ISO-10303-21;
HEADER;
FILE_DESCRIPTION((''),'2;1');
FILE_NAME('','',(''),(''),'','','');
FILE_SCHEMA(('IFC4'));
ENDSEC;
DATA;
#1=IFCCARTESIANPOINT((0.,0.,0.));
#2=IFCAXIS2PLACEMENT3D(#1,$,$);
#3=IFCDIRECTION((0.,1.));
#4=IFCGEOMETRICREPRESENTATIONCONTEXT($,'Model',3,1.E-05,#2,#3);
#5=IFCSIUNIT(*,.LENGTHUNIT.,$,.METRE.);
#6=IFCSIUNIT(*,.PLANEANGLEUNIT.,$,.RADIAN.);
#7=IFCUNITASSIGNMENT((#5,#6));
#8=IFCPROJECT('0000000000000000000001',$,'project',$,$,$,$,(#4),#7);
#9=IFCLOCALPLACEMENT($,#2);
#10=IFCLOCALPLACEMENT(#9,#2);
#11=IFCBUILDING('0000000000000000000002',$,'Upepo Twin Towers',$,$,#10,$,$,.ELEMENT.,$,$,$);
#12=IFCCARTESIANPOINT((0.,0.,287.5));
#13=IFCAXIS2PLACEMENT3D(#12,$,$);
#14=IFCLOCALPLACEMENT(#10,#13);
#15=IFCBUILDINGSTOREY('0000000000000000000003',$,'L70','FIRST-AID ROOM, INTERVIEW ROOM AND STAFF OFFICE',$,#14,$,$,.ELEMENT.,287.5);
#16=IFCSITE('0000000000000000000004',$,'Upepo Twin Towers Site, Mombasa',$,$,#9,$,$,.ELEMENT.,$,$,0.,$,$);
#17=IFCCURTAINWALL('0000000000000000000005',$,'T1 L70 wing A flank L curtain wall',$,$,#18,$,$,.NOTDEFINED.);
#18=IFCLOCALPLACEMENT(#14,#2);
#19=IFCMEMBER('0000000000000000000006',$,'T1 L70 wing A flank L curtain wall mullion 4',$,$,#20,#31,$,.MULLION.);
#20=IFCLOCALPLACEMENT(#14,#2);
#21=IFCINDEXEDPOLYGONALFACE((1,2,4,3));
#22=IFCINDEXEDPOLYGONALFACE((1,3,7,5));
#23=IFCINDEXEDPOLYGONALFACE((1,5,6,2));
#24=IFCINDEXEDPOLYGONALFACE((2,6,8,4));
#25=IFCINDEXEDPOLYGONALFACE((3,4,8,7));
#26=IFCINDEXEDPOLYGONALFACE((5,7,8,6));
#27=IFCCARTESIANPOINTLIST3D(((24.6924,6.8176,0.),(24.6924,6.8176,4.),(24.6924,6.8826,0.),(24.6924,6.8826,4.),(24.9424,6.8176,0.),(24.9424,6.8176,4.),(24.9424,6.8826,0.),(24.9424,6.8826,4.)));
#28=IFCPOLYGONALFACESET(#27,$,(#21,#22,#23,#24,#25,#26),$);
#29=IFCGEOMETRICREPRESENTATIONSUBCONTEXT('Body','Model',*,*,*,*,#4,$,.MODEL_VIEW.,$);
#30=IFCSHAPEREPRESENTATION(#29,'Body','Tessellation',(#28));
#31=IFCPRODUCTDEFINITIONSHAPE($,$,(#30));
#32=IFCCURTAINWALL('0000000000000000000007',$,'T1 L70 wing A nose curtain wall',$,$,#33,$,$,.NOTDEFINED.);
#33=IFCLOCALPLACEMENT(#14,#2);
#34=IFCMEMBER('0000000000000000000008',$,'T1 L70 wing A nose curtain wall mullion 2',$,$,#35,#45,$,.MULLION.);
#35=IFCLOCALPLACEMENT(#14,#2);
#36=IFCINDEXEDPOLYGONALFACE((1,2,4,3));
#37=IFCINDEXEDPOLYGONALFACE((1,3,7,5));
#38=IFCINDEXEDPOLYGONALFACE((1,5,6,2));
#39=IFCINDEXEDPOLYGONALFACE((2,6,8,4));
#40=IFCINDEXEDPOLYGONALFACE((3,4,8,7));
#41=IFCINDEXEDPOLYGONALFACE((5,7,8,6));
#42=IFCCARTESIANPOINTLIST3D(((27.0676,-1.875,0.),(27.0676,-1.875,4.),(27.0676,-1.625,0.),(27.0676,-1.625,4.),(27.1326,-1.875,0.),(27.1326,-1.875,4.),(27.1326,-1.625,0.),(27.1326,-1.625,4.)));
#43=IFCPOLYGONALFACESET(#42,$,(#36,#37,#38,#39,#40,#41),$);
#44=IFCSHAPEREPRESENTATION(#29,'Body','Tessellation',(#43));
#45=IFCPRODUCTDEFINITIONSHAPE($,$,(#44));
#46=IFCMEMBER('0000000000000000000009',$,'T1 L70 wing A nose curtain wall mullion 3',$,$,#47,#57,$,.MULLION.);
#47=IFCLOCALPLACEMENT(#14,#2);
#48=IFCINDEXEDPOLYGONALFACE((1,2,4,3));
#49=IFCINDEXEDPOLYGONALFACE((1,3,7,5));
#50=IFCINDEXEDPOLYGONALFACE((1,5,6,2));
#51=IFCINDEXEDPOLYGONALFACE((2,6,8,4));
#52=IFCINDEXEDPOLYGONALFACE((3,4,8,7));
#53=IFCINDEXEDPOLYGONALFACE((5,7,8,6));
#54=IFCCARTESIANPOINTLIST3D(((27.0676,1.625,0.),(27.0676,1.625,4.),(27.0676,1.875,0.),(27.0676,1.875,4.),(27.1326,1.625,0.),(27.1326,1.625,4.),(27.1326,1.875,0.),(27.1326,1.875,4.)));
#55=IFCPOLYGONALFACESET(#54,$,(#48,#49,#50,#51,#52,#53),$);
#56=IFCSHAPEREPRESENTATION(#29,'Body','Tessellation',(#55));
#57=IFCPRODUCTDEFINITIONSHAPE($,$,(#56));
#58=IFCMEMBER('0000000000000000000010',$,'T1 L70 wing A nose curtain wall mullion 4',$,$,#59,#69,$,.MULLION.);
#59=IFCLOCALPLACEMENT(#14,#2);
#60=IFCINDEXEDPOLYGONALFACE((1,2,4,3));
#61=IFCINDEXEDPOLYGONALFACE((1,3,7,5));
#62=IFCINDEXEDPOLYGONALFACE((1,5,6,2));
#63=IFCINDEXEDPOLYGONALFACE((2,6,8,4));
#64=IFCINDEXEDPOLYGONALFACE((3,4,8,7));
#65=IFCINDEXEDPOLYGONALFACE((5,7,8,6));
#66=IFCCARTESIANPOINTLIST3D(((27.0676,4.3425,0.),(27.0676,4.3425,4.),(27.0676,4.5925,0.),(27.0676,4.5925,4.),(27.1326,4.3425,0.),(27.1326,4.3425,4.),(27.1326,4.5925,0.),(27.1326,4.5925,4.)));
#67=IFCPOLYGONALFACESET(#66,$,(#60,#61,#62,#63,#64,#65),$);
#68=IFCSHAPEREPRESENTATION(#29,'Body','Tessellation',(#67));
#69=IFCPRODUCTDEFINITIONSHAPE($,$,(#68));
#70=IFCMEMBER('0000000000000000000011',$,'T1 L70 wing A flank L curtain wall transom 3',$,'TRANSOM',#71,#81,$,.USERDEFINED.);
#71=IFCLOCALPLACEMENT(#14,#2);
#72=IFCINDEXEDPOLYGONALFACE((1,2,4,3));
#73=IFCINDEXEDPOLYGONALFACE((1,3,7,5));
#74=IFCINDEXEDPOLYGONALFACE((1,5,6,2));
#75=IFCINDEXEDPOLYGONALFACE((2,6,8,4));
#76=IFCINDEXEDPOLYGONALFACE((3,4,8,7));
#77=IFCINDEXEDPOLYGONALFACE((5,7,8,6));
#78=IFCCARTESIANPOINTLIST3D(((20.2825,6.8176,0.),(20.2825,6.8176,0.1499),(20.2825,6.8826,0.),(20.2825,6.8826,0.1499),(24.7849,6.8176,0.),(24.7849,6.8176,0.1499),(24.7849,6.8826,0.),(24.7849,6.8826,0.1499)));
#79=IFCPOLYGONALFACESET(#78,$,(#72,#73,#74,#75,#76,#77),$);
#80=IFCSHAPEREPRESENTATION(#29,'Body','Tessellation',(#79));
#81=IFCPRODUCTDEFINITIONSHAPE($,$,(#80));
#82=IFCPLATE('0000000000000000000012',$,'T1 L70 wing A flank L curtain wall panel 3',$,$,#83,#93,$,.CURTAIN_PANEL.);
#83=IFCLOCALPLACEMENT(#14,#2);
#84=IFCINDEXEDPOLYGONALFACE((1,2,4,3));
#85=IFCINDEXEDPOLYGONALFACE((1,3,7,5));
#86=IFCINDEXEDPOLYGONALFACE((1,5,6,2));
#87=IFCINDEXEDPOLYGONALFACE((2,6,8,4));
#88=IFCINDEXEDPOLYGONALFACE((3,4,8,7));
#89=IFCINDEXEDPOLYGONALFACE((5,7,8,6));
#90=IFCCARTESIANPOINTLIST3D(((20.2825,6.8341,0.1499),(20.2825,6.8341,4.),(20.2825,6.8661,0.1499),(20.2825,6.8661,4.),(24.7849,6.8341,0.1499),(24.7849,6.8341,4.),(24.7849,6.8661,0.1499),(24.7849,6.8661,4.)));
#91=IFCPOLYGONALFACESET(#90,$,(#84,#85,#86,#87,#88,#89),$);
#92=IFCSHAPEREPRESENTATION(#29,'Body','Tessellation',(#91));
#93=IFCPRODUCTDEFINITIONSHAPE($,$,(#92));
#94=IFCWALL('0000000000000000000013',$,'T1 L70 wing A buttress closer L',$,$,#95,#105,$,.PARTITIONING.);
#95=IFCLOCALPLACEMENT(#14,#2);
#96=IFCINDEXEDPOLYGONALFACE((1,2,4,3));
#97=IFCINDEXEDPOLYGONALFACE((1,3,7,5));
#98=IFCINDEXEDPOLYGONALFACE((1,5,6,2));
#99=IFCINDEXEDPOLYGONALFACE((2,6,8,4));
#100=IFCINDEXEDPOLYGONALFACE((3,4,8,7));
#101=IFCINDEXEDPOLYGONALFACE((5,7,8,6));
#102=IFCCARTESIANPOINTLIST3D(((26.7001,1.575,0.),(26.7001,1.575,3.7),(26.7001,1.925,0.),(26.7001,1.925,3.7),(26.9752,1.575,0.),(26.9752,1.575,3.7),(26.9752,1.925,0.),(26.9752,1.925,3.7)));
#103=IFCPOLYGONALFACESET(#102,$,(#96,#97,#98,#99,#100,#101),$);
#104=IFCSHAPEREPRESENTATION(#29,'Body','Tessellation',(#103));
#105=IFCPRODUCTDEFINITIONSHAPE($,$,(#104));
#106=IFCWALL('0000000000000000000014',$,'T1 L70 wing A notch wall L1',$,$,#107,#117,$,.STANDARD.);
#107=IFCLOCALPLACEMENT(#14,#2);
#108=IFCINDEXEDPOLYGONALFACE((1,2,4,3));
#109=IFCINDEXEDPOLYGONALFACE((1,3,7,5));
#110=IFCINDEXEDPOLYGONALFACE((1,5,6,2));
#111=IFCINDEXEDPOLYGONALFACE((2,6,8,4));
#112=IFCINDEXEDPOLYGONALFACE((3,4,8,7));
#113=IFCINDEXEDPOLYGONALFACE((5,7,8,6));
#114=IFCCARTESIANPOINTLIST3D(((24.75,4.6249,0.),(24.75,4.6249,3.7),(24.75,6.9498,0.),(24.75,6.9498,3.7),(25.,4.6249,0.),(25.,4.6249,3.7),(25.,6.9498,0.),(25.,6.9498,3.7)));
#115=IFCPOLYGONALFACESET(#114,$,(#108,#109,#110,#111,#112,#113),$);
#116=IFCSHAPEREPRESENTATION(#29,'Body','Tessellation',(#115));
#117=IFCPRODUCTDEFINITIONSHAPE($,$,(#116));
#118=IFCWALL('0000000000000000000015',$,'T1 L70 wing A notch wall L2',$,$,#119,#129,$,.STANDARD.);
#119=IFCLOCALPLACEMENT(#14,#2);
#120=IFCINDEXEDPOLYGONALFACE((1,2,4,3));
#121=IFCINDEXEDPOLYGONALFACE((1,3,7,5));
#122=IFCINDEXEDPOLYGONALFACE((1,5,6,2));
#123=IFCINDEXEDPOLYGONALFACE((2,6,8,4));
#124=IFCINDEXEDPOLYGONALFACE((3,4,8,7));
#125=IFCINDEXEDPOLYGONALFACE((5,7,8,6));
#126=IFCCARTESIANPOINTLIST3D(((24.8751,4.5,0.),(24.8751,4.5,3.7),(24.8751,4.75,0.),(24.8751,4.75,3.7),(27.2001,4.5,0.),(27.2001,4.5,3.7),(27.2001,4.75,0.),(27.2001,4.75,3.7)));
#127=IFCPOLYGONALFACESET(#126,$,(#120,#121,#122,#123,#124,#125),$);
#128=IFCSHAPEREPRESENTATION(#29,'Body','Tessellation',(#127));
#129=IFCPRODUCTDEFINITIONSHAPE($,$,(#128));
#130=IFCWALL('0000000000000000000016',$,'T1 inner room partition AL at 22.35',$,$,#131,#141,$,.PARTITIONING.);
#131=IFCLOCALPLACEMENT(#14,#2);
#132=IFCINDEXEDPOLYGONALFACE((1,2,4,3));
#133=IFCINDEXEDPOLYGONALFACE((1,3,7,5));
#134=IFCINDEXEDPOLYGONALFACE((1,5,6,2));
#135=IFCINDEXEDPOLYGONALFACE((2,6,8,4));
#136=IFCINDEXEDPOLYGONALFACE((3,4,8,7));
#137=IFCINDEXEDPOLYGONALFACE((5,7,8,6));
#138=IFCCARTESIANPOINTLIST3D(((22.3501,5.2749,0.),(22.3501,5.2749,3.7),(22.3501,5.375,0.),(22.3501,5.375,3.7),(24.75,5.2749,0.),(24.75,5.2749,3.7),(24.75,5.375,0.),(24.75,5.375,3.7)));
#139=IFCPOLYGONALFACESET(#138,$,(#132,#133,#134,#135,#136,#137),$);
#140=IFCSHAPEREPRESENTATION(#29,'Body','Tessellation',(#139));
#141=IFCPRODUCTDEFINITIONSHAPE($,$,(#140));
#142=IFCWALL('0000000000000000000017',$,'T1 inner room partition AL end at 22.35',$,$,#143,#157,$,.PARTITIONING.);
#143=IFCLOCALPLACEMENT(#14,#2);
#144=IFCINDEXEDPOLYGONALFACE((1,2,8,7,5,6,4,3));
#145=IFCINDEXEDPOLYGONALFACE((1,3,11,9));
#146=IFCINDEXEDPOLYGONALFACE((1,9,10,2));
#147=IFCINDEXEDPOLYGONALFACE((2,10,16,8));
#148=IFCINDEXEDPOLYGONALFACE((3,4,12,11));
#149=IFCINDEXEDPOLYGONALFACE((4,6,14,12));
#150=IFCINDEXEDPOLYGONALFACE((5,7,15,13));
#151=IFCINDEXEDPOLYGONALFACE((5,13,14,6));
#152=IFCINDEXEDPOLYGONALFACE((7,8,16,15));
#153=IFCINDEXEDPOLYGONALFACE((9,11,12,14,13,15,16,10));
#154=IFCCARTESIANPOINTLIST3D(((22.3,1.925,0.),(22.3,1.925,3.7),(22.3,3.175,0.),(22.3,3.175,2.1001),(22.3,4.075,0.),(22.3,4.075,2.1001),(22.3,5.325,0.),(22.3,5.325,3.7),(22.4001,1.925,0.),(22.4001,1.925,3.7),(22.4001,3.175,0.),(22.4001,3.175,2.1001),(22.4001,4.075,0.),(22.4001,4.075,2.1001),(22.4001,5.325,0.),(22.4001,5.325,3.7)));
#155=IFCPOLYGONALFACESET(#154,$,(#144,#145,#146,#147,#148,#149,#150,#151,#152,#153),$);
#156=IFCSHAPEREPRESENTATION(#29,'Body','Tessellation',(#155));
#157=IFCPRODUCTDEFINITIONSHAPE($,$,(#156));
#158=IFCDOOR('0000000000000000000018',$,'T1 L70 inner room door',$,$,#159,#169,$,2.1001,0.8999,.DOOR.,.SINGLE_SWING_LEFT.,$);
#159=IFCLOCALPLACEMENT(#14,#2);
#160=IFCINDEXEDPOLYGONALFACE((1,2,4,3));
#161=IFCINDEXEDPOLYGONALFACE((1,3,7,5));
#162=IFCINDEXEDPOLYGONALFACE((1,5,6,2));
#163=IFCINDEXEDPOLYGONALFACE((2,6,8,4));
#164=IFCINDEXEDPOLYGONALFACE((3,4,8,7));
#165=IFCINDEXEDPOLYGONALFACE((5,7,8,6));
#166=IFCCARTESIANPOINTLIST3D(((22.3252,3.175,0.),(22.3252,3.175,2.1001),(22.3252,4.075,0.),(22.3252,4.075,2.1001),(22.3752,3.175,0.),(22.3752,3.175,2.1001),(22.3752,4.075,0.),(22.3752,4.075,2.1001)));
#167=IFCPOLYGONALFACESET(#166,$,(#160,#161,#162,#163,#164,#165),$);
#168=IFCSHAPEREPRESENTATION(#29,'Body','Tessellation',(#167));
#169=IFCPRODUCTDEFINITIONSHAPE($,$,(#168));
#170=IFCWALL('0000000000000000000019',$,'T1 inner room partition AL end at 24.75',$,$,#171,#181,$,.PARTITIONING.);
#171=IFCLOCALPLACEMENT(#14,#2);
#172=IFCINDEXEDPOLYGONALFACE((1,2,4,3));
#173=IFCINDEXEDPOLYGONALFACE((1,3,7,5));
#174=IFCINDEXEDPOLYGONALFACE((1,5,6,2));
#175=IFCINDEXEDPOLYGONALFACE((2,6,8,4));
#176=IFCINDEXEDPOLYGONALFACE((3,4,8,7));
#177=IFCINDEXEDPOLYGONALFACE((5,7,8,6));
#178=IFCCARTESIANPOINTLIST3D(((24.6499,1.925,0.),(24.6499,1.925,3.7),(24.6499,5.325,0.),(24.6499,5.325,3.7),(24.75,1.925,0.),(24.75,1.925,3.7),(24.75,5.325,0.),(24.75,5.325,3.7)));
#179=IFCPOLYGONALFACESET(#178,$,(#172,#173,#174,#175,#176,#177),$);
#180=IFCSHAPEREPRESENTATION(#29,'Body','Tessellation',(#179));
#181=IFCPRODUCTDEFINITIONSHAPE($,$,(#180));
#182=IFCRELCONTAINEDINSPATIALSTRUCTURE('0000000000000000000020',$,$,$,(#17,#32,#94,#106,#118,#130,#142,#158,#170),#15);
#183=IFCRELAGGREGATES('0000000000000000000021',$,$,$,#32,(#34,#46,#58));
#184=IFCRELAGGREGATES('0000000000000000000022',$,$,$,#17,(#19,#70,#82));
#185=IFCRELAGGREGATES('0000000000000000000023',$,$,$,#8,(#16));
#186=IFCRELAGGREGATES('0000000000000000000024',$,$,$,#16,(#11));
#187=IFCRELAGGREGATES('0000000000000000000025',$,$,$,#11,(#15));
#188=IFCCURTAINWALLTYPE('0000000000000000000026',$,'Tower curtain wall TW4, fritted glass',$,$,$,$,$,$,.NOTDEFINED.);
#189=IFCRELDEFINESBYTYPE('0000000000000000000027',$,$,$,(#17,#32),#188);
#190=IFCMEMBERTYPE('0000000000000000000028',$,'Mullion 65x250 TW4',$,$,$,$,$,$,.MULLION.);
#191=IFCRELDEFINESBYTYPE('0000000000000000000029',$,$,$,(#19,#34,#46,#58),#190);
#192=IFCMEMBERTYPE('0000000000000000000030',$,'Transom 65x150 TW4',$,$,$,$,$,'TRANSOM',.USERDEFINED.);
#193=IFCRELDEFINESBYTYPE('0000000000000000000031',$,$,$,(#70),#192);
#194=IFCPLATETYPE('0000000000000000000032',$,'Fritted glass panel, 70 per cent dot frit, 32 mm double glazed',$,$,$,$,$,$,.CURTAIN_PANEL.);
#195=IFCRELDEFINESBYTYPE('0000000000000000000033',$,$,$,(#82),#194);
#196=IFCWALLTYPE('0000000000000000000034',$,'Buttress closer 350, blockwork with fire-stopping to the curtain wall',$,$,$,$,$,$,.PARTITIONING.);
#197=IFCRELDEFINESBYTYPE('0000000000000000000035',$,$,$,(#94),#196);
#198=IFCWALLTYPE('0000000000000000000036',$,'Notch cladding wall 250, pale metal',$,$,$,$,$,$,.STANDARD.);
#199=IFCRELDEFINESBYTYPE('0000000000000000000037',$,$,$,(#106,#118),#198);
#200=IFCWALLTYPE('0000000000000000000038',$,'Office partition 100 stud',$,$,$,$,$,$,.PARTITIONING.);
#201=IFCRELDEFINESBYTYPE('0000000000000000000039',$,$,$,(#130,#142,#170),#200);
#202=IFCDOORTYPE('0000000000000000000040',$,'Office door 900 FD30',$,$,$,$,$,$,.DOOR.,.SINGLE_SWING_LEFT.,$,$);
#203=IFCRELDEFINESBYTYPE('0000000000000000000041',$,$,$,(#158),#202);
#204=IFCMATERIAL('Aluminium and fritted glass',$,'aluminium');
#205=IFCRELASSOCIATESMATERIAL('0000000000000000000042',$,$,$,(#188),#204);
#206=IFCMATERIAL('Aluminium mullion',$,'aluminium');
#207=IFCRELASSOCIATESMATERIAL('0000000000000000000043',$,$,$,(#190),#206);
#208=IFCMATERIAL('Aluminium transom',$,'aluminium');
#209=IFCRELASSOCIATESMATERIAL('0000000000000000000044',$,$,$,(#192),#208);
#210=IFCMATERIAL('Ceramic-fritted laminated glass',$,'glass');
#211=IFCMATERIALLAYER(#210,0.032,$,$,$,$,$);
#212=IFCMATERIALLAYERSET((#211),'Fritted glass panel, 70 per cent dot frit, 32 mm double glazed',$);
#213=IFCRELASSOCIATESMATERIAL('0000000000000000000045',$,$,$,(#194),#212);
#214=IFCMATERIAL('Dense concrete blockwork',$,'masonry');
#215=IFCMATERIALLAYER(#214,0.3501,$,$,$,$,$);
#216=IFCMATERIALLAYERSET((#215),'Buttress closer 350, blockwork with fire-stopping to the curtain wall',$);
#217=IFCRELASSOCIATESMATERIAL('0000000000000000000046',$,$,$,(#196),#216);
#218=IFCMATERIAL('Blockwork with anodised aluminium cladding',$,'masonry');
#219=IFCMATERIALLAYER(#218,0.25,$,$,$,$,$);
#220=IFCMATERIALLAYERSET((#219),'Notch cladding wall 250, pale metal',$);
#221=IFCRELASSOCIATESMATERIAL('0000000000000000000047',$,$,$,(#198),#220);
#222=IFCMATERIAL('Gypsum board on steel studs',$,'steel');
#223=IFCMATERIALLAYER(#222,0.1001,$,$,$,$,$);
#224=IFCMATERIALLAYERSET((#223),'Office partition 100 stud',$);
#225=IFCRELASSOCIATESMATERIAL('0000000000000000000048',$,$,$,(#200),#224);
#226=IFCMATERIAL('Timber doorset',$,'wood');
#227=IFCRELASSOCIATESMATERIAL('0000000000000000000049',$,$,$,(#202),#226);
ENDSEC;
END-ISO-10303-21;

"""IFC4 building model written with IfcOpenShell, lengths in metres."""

from ifc_helpers import new_model, si_unit, direction, frame, frame_2d, origin, origin_2d, place, context, subcontext, project, spatial, rectangle, extrude, material, layer, layer_set, material_profile, profile_set, type_object, element, fill, aggregate, save


model = new_model("IFC4")

# Units and contexts
model_context = context("Model", 3, precision=1e-05, world=origin(), true_north=direction((0.0, 1.0)))
body_context = subcontext(model_context, "Body", "Model", "MODEL_VIEW")
ifc_project = project(units=[si_unit("LENGTHUNIT", "METRE"), si_unit("PLANEANGLEUNIT", "RADIAN")], contexts=[model_context])

# Site, building, storey
site_placement = place(None, origin())
site = spatial("IfcSite", under=ifc_project, at=site_placement, Name="Upepo Twin Towers Site, Mombasa", CompositionType="ELEMENT", RefElevation=0.0)
building_placement = place(site_placement, origin())
building = spatial("IfcBuilding", under=site, at=building_placement, Name="Upepo Twin Towers", CompositionType="ELEMENT")
storey_placement = place(building_placement, frame((0.0, 0.0, 287.5)))
storey = spatial("IfcBuildingStorey", under=building, at=storey_placement, Name="L70", Description="FIRST-AID ROOM, INTERVIEW ROOM AND STAFF OFFICE", CompositionType="ELEMENT", Elevation=287.5)

# Curtain walls, members
ifc_material_1 = material(Name="Aluminium and fritted glass", Category="aluminium")
curtain_wall_type = type_object("IfcCurtainWallType", Name="Tower curtain wall TW4, fritted glass", PredefinedType="NOTDEFINED", material=ifc_material_1)
curtain_wall_1_placement = place(storey_placement, origin())
curtain_wall_1 = element("IfcCurtainWall", 1, at=curtain_wall_1_placement, inside=storey, type_object=curtain_wall_type, Name="T1 L70 wing A flank L curtain wall", PredefinedType="NOTDEFINED")
ifc_material_2 = material(Name="Aluminium mullion", Category="aluminium")
ifc_material_profile_1 = material_profile(ifc_material_2, rectangle(XDim=0.0649, YDim=0.25, at=origin_2d()), Name="MULLION 65x250")
ifc_profile_set_1 = profile_set([ifc_material_profile_1], Name="Aluminium mullion")
member_type_1 = type_object("IfcMemberType", Name="Mullion 65x250 TW4", PredefinedType="MULLION", material=ifc_profile_set_1)
member_1_placement = place(storey_placement, frame((24.8174, 6.8501, 0.0), z_axis=(0.0, 0.0, 1.0), x_axis=(0.0, 1.0, 0.0)))
member_1 = element("IfcMember", 2, at=member_1_placement, type_object=member_type_1, Name="T1 L70 wing A flank L curtain wall mullion 4", PredefinedType="MULLION", context=body_context, shape_type="SweptSolid", body=[
    extrude(rectangle(XDim=0.0649, YDim=0.25, at=origin_2d()), origin(), (0.0, 0.0, 1.0), 4.0),
])
curtain_wall_2_placement = place(storey_placement, origin())
curtain_wall_2 = element("IfcCurtainWall", 3, at=curtain_wall_2_placement, inside=storey, type_object=curtain_wall_type, Name="T1 L70 wing A nose curtain wall", PredefinedType="NOTDEFINED")
member_2_placement = place(storey_placement, frame((27.1001, -1.75, 0.0), z_axis=(0.0, 0.0, 1.0), x_axis=(-1.0, 0.0, 0.0)))
member_2 = element("IfcMember", 4, at=member_2_placement, type_object=member_type_1, Name="T1 L70 wing A nose curtain wall mullion 2", PredefinedType="MULLION", context=body_context, shape_type="SweptSolid", body=[
    extrude(rectangle(XDim=0.0649, YDim=0.25, at=origin_2d()), origin(), (0.0, 0.0, 1.0), 4.0),
])
member_3_placement = place(storey_placement, frame((27.1001, 1.75, 0.0), z_axis=(0.0, 0.0, 1.0), x_axis=(-1.0, 0.0, 0.0)))
member_3 = element("IfcMember", 5, at=member_3_placement, type_object=member_type_1, Name="T1 L70 wing A nose curtain wall mullion 3", PredefinedType="MULLION", context=body_context, shape_type="SweptSolid", body=[
    extrude(rectangle(XDim=0.0649, YDim=0.25, at=origin_2d()), origin(), (0.0, 0.0, 1.0), 4.0),
])
member_4_placement = place(storey_placement, frame((27.1001, 4.4675, 0.0), z_axis=(0.0, 0.0, 1.0), x_axis=(-1.0, 0.0, 0.0)))
member_4 = element("IfcMember", 6, at=member_4_placement, type_object=member_type_1, Name="T1 L70 wing A nose curtain wall mullion 4", PredefinedType="MULLION", context=body_context, shape_type="SweptSolid", body=[
    extrude(rectangle(XDim=0.0649, YDim=0.25, at=origin_2d()), origin(), (0.0, 0.0, 1.0), 4.0),
])
aggregate(curtain_wall_2, [member_2, member_3, member_4])

# Member
ifc_material_3 = material(Name="Aluminium transom", Category="aluminium")
ifc_material_profile_2 = material_profile(ifc_material_3, rectangle(XDim=0.0649, YDim=0.1499, at=origin_2d()), Name="TRANSOM 65x150")
ifc_profile_set_2 = profile_set([ifc_material_profile_2], Name="Aluminium transom")
member_type_2 = type_object("IfcMemberType", Name="Transom 65x150 TW4", ElementType="TRANSOM", PredefinedType="USERDEFINED", material=ifc_profile_set_2)
member_5_placement = place(storey_placement, frame((20.2825, 6.8501, 0.075), z_axis=(1.0, 0.0, 0.0), x_axis=(0.0, 1.0, 0.0)))
member_5 = element("IfcMember", 7, at=member_5_placement, type_object=member_type_2, Name="T1 L70 wing A flank L curtain wall transom 3", ObjectType="TRANSOM", PredefinedType="USERDEFINED", context=body_context, shape_type="SweptSolid", body=[
    extrude(rectangle(XDim=0.0649, YDim=0.1499, at=origin_2d()), origin(), (0.0, 0.0, 1.0), 4.5024),
])

# Plate
ifc_material_4 = material(Name="Ceramic-fritted laminated glass", Category="glass")
ifc_layer_1 = layer(ifc_material_4, 0.032)
ifc_layer_set_1 = layer_set([ifc_layer_1], Name="Fritted glass panel, 70 per cent dot frit, 32 mm double glazed")
plate_type = type_object("IfcPlateType", Name="Fritted glass panel, 70 per cent dot frit, 32 mm double glazed", PredefinedType="CURTAIN_PANEL", material=ifc_layer_set_1)
plate_placement = place(storey_placement, frame((22.5337, 6.8501, 0.1499), z_axis=(0.0, 0.0, 1.0), x_axis=(1.0, 0.0, 0.0)))
plate = element("IfcPlate", 8, at=plate_placement, type_object=plate_type, Name="T1 L70 wing A flank L curtain wall panel 3", PredefinedType="CURTAIN_PANEL", context=body_context, shape_type="SweptSolid", body=[
    extrude(rectangle(XDim=4.5024, YDim=0.032, at=origin_2d()), origin(), (0.0, 0.0, 1.0), 3.8501),
])
aggregate(curtain_wall_1, [member_1, member_5, plate])

# Walls
ifc_material_5 = material(Name="Dense concrete blockwork", Category="masonry")
ifc_layer_2 = layer(ifc_material_5, 0.3501)
ifc_layer_set_2 = layer_set([ifc_layer_2], Name="Buttress closer 350, blockwork with fire-stopping to the curtain wall")
wall_type_1 = type_object("IfcWallType", Name="Buttress closer 350, blockwork with fire-stopping to the curtain wall", PredefinedType="PARTITIONING", material=ifc_layer_set_2)
wall_1_placement = place(storey_placement, frame((26.7, 1.75, 0.0), z_axis=(0.0, 0.0, 1.0), x_axis=(1.0, 0.0, 0.0)))
element("IfcWall", 9, at=wall_1_placement, inside=storey, type_object=wall_type_1, Name="T1 L70 wing A buttress closer L", PredefinedType="PARTITIONING", context=body_context, shape_type="SweptSolid", body=[
    extrude(rectangle(XDim=0.2751, YDim=0.3501, at=frame_2d((0.1377, 0.0))), origin(), (0.0, 0.0, 1.0), 3.7),
])
ifc_material_6 = material(Name="Blockwork with anodised aluminium cladding", Category="masonry")
ifc_layer_3 = layer(ifc_material_6, 0.25)
ifc_layer_set_3 = layer_set([ifc_layer_3], Name="Notch cladding wall 250, pale metal")
wall_type_2 = type_object("IfcWallType", Name="Notch cladding wall 250, pale metal", PredefinedType="STANDARD", material=ifc_layer_set_3)
for number, where, z_axis, x_axis, name in (
    (10, (24.875, 6.95, 0.0), (0.0, 0.0, 1.0), (0.0, -1.0, 0.0), "T1 L70 wing A notch wall L1"),
    (11, (24.875, 4.625, 0.0), (0.0, 0.0, 1.0), (1.0, 0.0, 0.0), "T1 L70 wing A notch wall L2"),
):
    element("IfcWall", number, at=place(storey_placement, frame(where, z_axis=z_axis, x_axis=x_axis)), inside=storey, type_object=wall_type_2, Name=name, PredefinedType="STANDARD", context=body_context, shape_type="SweptSolid", body=[
        extrude(rectangle(XDim=2.325, YDim=0.25, at=frame_2d((1.1626, 0.0))), origin(), (0.0, 0.0, 1.0), 3.7),
    ])
ifc_material_7 = material(Name="Gypsum board on steel studs", Category="steel")
ifc_layer_4 = layer(ifc_material_7, 0.1001)
ifc_layer_set_4 = layer_set([ifc_layer_4], Name="Office partition 100 stud")
wall_type_3 = type_object("IfcWallType", Name="Office partition 100 stud", PredefinedType="PARTITIONING", material=ifc_layer_set_4)
wall_2_placement = place(storey_placement, frame((22.3501, 5.325, 0.0), z_axis=(0.0, 0.0, 1.0), x_axis=(1.0, 0.0, 0.0)))
element("IfcWall", 12, at=wall_2_placement, inside=storey, type_object=wall_type_3, Name="T1 inner room partition AL at 22.35", PredefinedType="PARTITIONING", context=body_context, shape_type="SweptSolid", body=[
    extrude(rectangle(XDim=2.3999, YDim=0.1001, at=frame_2d((1.2, 0.0))), origin(), (0.0, 0.0, 1.0), 3.7),
])

# Wall, opening, door
wall_3_placement = place(storey_placement, frame((22.3501, 1.925, 0.0), z_axis=(0.0, 0.0, 1.0), x_axis=(0.0, 1.0, 0.0)))
wall_3 = element("IfcWall", 13, at=wall_3_placement, inside=storey, type_object=wall_type_3, Name="T1 inner room partition AL end at 22.35", PredefinedType="PARTITIONING", context=body_context, shape_type="SweptSolid", body=[
    extrude(rectangle(XDim=3.3999, YDim=0.1001, at=frame_2d((1.7, 0.0))), origin(), (0.0, 0.0, 1.0), 3.7),
])
opening_placement = place(wall_3_placement, frame((1.25, 0.0, 0.0)))
opening = element("IfcOpeningElement", 14, at=opening_placement, cuts=wall_3, PredefinedType="OPENING", context=body_context, shape_type="SweptSolid", body=[
    extrude(rectangle(XDim=0.8999, YDim=2.1001, at=frame_2d((0.45, 1.05))), frame((0.0, 0.0601, 0.0), z_axis=(0.0, -1.0, 0.0), x_axis=(1.0, 0.0, 0.0)), (0.0, 0.0, 1.0), 0.1201),
])
ifc_material_8 = material(Name="Timber doorset", Category="wood")
door_type = type_object("IfcDoorType", Name="Office door 900 FD30", OperationType="SINGLE_SWING_LEFT", PredefinedType="DOOR", material=ifc_material_8)
door_placement = place(opening_placement, origin())
door = element("IfcDoor", 15, at=door_placement, inside=storey, type_object=door_type, Name="T1 L70 inner room door", OperationType="SINGLE_SWING_LEFT", OverallHeight=2.1001, OverallWidth=0.8999, PredefinedType="DOOR", context=body_context, shape_type="SweptSolid", body=[
    extrude(rectangle(XDim=0.8999, YDim=2.1001, at=frame_2d((0.45, 1.05))), frame((0.0, 0.0249, 0.0), z_axis=(0.0, -1.0, 0.0), x_axis=(1.0, 0.0, 0.0)), (0.0, 0.0, 1.0), 0.05),
])
fill(opening, door)

# Wall
wall_4_placement = place(storey_placement, frame((24.7, 1.925, 0.0), z_axis=(0.0, 0.0, 1.0), x_axis=(0.0, 1.0, 0.0)))
element("IfcWall", 16, at=wall_4_placement, inside=storey, type_object=wall_type_3, Name="T1 inner room partition AL end at 24.75", PredefinedType="PARTITIONING", context=body_context, shape_type="SweptSolid", body=[
    extrude(rectangle(XDim=3.3999, YDim=0.1001, at=frame_2d((1.7, 0.0))), origin(), (0.0, 0.0, 1.0), 3.7),
])

save(model, "model.ifc")
